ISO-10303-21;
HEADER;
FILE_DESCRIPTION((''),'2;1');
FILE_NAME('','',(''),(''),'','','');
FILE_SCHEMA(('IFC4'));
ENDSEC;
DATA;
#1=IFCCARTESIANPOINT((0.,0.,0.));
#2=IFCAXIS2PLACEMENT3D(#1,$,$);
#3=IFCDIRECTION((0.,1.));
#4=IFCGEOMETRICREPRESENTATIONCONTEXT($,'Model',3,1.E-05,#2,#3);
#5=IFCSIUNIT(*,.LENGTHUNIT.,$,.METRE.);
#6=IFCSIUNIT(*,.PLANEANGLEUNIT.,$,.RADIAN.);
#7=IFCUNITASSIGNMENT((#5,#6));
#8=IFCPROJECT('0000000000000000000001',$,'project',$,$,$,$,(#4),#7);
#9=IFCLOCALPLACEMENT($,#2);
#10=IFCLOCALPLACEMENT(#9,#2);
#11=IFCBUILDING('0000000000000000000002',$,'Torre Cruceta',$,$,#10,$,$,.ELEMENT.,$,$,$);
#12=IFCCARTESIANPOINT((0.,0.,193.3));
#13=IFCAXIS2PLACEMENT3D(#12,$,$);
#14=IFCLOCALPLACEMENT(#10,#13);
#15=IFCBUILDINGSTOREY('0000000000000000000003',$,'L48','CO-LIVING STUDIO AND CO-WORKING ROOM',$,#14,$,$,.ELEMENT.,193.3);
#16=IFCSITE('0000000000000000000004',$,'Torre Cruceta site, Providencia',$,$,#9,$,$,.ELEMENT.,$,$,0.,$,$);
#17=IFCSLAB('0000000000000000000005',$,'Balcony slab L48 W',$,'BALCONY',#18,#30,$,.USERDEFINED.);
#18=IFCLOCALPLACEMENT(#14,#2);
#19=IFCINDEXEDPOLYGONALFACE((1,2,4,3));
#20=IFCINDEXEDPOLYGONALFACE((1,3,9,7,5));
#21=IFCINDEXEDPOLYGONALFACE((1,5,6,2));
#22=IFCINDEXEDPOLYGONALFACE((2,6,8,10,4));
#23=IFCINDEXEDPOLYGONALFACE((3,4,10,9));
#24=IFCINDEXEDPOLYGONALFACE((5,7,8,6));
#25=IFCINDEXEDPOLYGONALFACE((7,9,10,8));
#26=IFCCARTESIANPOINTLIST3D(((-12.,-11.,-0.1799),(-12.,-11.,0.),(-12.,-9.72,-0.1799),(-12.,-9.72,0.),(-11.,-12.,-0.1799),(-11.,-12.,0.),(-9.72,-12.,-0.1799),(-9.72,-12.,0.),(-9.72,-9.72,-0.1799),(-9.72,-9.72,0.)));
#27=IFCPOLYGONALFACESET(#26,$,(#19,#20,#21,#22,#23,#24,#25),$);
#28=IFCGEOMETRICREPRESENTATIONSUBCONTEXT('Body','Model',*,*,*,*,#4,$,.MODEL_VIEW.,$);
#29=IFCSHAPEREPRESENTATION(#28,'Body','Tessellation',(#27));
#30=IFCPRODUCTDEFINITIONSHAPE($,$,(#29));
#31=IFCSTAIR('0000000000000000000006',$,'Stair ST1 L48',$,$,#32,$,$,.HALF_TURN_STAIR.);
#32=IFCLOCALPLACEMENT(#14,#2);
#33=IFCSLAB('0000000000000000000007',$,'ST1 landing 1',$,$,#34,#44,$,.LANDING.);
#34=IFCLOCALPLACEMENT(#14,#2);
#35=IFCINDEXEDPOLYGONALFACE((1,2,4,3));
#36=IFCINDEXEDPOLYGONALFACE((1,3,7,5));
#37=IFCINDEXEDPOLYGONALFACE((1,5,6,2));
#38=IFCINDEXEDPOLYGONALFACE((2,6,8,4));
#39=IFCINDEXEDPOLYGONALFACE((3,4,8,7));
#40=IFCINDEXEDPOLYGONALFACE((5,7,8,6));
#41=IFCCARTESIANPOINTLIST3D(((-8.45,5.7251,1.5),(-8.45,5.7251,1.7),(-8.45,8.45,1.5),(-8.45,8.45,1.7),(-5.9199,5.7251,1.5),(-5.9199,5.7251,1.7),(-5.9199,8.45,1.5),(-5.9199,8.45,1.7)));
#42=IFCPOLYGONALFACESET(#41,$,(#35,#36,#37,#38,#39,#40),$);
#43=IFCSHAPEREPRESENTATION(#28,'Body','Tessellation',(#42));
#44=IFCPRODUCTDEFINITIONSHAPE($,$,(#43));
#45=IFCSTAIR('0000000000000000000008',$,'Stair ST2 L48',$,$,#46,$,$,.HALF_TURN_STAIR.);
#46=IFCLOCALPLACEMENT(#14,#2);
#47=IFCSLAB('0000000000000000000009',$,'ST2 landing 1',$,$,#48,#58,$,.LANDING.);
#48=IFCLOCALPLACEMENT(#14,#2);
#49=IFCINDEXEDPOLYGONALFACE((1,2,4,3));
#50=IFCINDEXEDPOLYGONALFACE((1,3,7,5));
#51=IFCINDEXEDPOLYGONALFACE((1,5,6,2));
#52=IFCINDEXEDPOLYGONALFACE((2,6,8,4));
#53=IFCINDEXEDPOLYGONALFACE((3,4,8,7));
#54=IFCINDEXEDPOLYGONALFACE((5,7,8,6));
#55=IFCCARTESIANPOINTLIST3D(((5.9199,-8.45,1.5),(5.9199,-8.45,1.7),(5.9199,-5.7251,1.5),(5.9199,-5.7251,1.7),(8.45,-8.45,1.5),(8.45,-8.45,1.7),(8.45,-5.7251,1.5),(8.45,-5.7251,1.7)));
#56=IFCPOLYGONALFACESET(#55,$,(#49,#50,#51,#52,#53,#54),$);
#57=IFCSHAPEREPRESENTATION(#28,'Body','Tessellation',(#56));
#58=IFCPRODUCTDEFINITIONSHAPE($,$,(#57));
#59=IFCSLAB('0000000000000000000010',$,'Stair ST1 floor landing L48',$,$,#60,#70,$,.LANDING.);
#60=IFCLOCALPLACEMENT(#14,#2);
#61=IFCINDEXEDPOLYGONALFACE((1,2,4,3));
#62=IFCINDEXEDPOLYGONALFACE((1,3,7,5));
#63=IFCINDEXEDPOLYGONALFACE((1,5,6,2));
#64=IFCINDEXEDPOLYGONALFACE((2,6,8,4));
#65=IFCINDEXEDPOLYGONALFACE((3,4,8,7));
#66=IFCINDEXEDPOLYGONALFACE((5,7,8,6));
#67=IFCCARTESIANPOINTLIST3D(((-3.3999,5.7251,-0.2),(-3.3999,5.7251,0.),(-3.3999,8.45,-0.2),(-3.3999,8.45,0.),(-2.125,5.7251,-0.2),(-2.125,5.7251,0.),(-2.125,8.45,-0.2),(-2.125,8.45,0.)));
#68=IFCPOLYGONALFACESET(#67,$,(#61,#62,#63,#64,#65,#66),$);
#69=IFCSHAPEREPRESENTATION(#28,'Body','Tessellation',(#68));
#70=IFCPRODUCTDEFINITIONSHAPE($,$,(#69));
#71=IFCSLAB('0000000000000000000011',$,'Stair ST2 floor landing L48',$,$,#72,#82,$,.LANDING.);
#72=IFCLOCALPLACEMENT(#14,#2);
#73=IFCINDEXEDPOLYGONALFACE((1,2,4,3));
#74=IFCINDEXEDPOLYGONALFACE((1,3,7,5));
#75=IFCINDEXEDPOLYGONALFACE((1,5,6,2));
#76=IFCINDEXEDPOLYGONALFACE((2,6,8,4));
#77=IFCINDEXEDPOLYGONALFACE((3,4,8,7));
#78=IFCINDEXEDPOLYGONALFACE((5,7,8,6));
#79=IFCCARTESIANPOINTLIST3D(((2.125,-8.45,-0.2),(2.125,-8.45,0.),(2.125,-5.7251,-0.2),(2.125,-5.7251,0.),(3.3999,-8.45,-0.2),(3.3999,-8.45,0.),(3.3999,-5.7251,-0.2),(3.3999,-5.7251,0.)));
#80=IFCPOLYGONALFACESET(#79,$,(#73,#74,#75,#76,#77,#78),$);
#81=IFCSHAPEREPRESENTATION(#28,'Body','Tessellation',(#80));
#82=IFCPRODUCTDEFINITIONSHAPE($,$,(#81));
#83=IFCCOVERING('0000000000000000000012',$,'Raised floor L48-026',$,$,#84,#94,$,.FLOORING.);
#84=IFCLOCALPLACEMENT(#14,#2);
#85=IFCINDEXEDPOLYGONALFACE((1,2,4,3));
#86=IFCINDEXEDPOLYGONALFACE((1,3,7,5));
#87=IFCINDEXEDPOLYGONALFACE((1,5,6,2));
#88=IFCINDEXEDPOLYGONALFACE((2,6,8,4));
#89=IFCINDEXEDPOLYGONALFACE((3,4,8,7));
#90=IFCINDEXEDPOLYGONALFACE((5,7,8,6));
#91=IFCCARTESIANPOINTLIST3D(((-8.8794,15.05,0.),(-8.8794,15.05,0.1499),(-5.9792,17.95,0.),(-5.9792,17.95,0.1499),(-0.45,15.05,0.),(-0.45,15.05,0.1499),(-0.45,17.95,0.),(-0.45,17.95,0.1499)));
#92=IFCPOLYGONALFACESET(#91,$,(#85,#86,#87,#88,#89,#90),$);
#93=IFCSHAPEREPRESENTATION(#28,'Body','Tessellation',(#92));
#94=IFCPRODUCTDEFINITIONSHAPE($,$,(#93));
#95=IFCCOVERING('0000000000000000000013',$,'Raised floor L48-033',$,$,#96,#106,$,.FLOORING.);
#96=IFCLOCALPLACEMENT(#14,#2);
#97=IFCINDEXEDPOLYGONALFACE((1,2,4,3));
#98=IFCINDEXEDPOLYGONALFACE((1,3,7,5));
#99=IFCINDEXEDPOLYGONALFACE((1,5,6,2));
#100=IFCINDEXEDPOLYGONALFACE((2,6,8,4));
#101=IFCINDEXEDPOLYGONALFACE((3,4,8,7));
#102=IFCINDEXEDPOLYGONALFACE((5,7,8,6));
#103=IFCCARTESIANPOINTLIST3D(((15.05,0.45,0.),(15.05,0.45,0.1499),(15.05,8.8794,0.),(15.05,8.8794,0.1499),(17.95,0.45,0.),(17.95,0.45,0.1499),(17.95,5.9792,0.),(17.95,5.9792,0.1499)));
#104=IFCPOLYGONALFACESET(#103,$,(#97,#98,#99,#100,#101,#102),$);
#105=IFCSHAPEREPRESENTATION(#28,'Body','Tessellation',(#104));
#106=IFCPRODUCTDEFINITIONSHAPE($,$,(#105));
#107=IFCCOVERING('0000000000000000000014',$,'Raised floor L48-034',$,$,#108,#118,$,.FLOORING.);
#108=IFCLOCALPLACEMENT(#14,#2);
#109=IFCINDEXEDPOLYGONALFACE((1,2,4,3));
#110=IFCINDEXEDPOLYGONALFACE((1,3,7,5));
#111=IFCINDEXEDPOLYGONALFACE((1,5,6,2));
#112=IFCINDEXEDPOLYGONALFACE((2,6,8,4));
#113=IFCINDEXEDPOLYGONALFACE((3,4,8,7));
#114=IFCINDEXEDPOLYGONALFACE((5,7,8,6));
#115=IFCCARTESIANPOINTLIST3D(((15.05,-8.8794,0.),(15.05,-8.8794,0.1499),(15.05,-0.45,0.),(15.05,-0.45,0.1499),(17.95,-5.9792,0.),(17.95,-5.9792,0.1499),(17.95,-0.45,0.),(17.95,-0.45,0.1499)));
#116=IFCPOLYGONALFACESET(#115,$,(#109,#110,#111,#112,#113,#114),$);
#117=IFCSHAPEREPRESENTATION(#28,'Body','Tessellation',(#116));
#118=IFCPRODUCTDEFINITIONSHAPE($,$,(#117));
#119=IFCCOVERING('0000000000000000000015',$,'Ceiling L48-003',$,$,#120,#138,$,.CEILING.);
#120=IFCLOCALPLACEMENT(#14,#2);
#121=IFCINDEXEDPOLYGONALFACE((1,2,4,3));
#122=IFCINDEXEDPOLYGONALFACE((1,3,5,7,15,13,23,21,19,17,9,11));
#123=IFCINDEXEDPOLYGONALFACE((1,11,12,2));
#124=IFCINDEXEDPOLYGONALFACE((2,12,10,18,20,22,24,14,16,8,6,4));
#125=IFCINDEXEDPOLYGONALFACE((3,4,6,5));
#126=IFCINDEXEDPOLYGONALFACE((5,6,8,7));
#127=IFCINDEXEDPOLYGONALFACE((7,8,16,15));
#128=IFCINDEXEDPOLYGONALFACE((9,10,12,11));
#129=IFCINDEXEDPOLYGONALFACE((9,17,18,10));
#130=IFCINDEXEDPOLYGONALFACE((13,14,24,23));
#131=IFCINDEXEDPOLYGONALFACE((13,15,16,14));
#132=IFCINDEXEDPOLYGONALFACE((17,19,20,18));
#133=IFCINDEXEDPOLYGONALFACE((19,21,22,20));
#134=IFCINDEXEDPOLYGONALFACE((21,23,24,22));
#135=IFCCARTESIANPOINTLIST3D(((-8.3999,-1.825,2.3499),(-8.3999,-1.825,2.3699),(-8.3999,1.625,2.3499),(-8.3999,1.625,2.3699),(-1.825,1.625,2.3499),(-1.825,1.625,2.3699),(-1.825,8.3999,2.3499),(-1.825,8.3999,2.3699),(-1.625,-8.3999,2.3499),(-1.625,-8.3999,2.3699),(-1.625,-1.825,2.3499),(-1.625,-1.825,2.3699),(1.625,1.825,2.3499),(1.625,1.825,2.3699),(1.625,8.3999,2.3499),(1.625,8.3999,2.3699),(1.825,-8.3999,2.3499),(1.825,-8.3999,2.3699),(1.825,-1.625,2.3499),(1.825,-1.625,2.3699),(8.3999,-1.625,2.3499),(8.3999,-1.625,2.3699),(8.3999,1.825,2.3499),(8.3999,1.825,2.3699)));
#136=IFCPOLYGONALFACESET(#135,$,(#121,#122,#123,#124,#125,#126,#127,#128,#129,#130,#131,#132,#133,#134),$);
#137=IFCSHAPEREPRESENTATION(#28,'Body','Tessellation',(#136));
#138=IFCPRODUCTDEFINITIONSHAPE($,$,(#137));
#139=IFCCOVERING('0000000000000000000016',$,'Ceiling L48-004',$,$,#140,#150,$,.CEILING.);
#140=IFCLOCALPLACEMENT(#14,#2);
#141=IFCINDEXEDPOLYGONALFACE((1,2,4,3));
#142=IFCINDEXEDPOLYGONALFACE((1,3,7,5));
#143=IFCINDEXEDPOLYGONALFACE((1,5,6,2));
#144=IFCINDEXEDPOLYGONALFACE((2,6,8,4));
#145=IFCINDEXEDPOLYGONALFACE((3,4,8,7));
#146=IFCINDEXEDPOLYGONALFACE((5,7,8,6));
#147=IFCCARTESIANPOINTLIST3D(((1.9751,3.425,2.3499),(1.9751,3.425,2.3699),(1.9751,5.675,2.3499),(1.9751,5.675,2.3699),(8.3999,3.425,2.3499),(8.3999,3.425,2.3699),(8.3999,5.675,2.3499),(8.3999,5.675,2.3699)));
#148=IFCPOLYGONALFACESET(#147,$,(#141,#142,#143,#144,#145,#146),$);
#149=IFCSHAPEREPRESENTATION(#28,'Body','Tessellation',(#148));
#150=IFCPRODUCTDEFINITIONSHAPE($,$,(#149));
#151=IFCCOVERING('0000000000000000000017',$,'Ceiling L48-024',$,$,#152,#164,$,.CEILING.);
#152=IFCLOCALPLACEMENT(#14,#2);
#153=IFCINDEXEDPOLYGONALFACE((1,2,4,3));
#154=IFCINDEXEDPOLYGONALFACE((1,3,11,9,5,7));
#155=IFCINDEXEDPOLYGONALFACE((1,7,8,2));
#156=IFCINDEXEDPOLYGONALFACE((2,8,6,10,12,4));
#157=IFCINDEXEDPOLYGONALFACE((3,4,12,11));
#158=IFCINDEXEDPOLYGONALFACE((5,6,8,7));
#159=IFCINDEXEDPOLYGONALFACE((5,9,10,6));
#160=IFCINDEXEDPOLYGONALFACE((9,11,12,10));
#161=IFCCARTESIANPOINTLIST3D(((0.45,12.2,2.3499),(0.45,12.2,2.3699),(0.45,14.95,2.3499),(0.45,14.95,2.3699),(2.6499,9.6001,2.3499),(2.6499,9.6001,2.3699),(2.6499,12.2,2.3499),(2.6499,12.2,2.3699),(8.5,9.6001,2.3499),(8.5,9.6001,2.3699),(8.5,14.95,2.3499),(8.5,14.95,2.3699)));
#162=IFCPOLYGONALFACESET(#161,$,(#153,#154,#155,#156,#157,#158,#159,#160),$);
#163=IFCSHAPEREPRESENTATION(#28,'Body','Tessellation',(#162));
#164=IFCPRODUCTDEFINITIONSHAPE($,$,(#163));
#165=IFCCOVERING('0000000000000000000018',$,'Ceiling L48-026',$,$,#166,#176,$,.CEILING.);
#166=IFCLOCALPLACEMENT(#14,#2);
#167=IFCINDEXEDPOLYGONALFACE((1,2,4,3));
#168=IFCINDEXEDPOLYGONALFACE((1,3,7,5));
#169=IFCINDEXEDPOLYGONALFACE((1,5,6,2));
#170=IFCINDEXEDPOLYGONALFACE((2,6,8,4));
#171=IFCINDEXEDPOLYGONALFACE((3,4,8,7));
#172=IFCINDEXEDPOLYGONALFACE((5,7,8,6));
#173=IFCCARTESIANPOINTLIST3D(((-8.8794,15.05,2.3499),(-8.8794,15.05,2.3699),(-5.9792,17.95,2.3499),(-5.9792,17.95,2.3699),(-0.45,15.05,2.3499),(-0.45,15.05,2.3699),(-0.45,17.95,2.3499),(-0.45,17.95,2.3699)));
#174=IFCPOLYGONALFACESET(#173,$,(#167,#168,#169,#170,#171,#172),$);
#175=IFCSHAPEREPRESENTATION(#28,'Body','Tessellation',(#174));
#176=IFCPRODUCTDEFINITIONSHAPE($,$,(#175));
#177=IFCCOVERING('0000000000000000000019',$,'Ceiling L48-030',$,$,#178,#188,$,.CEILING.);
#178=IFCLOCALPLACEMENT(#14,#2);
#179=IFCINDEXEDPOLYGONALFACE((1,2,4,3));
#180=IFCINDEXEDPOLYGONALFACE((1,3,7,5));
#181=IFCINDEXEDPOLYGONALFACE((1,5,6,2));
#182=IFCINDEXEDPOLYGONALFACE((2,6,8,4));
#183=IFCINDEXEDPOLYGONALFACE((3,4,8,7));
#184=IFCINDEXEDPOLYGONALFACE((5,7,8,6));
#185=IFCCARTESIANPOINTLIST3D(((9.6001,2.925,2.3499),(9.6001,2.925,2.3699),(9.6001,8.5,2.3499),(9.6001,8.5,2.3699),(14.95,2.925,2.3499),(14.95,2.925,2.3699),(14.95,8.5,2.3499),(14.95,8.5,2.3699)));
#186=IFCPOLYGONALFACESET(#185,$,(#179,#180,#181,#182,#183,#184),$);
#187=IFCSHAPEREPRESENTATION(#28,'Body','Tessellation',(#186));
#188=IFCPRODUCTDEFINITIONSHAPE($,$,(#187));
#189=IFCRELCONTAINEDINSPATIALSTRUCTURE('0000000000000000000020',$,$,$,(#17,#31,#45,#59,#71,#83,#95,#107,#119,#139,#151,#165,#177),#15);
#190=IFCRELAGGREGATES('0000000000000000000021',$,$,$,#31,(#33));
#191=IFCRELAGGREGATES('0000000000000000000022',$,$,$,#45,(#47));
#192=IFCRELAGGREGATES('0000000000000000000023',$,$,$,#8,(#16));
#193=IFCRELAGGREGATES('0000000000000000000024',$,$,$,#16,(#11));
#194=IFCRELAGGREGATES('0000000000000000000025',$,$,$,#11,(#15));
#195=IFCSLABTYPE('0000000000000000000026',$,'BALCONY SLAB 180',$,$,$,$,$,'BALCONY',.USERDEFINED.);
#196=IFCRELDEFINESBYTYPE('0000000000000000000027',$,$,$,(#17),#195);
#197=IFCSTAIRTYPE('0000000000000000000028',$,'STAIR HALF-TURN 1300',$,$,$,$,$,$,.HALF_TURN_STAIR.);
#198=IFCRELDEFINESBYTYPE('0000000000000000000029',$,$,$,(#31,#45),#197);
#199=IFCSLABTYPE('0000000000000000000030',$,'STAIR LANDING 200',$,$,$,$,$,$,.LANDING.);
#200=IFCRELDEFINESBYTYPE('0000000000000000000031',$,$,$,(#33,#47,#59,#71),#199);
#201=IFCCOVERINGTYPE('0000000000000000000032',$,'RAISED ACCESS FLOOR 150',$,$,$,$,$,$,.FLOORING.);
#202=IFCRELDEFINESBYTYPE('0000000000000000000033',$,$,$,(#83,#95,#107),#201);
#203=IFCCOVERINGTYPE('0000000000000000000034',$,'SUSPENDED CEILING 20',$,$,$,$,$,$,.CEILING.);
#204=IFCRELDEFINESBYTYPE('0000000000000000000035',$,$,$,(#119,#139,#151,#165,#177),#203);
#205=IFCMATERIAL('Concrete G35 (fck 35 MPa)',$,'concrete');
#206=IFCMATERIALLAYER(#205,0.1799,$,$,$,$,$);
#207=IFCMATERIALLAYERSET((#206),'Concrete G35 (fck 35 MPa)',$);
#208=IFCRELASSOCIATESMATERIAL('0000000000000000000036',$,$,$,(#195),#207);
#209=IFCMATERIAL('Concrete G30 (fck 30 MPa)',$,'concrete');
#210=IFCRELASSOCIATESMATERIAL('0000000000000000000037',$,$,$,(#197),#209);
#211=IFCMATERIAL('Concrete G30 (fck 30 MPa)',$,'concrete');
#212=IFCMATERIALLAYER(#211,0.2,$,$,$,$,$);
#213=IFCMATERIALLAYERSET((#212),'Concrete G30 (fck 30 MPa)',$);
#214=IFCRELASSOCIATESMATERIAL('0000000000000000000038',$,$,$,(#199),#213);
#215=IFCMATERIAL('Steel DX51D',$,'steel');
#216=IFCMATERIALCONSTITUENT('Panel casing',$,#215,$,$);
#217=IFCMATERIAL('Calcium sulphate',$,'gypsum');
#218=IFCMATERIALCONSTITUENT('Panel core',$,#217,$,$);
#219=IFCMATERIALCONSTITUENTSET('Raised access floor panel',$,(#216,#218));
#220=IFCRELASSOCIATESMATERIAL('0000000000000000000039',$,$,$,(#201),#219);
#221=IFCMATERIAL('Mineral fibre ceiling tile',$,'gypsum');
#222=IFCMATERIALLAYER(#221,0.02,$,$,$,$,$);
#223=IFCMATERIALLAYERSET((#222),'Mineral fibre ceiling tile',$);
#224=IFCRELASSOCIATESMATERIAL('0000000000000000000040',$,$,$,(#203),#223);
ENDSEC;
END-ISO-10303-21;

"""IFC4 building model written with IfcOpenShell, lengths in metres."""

from ifc_helpers import new_model, si_unit, direction, frame, origin, place, context, subcontext, project, spatial, polyline, outline, extrude, material, layer, layer_set, constituent, constituent_set, type_object, element, aggregate, save


model = new_model("IFC4")

# Units and contexts
model_context = context("Model", 3, precision=1e-05, world=origin(), true_north=direction((0.0, 1.0)))
body_context = subcontext(model_context, "Body", "Model", "MODEL_VIEW")
ifc_project = project(units=[si_unit("LENGTHUNIT", "METRE"), si_unit("PLANEANGLEUNIT", "RADIAN")], contexts=[model_context])

# Site, building, storey
site_placement = place(None, origin())
site = spatial("IfcSite", under=ifc_project, at=site_placement, Name="Torre Cruceta site, Providencia", CompositionType="ELEMENT", RefElevation=0.0)
building_placement = place(site_placement, origin())
building = spatial("IfcBuilding", under=site, at=building_placement, Name="Torre Cruceta", CompositionType="ELEMENT")
storey_placement = place(building_placement, frame((0.0, 0.0, 193.3)))
storey = spatial("IfcBuildingStorey", under=building, at=storey_placement, Name="L48", Description="CO-LIVING STUDIO AND CO-WORKING ROOM", CompositionType="ELEMENT", Elevation=193.3)

# Slab
ifc_material_1 = material(Name="Concrete G35 (fck 35 MPa)", Category="concrete")
ifc_layer_1 = layer(ifc_material_1, 0.1799)
ifc_layer_set_1 = layer_set([ifc_layer_1], Name="Concrete G35 (fck 35 MPa)")
slab_type_1 = type_object("IfcSlabType", Name="BALCONY SLAB 180", ElementType="BALCONY", PredefinedType="USERDEFINED", material=ifc_layer_set_1)
slab_1_placement = place(storey_placement, frame((0.0, 0.0, -0.1799)))
element("IfcSlab", 1, at=slab_1_placement, inside=storey, type_object=slab_type_1, Name="Balcony slab L48 W", ObjectType="BALCONY", PredefinedType="USERDEFINED", context=body_context, shape_type="SweptSolid", body=[
    extrude(outline(polyline([(-11.0, -12.0), (-12.0, -11.0), (-12.0, -9.72), (-9.72, -9.72), (-9.72, -12.0), (-11.0, -12.0)])), origin(), (0.0, 0.0, 1.0), 0.1799),
])

# Stairs, slabs
ifc_material_2 = material(Name="Concrete G30 (fck 30 MPa)", Category="concrete")
stair_type = type_object("IfcStairType", Name="STAIR HALF-TURN 1300", PredefinedType="HALF_TURN_STAIR", material=ifc_material_2)
stair_1_placement = place(storey_placement, origin())
stair_1 = element("IfcStair", 2, at=stair_1_placement, inside=storey, type_object=stair_type, Name="Stair ST1 L48", PredefinedType="HALF_TURN_STAIR")
ifc_material_3 = material(Name="Concrete G30 (fck 30 MPa)", Category="concrete")
ifc_layer_2 = layer(ifc_material_3, 0.2)
ifc_layer_set_2 = layer_set([ifc_layer_2], Name="Concrete G30 (fck 30 MPa)")
slab_type_2 = type_object("IfcSlabType", Name="STAIR LANDING 200", PredefinedType="LANDING", material=ifc_layer_set_2)
slab_2_placement = place(storey_placement, frame((0.0, 0.0, 1.5)))
slab_2 = element("IfcSlab", 3, at=slab_2_placement, type_object=slab_type_2, Name="ST1 landing 1", PredefinedType="LANDING", context=body_context, shape_type="SweptSolid", body=[
    extrude(outline(polyline([(-8.45, 5.7251), (-5.9199, 5.7251), (-5.9199, 8.45), (-8.45, 8.45), (-8.45, 5.7251)])), origin(), (0.0, 0.0, 1.0), 0.2),
])
aggregate(stair_1, [slab_2])
stair_2_placement = place(storey_placement, origin())
stair_2 = element("IfcStair", 4, at=stair_2_placement, inside=storey, type_object=stair_type, Name="Stair ST2 L48", PredefinedType="HALF_TURN_STAIR")
slab_3_placement = place(storey_placement, frame((0.0, 0.0, 1.5)))
slab_3 = element("IfcSlab", 5, at=slab_3_placement, type_object=slab_type_2, Name="ST2 landing 1", PredefinedType="LANDING", context=body_context, shape_type="SweptSolid", body=[
    extrude(outline(polyline([(5.9199, -8.45), (8.45, -8.45), (8.45, -5.7251), (5.9199, -5.7251), (5.9199, -8.45)])), origin(), (0.0, 0.0, 1.0), 0.2),
])
aggregate(stair_2, [slab_3])

# Slabs
slab_4_placement = place(storey_placement, frame((0.0, 0.0, -0.2)))
element("IfcSlab", 6, at=slab_4_placement, inside=storey, type_object=slab_type_2, Name="Stair ST1 floor landing L48", PredefinedType="LANDING", context=body_context, shape_type="SweptSolid", body=[
    extrude(outline(polyline([(-2.125, 8.45), (-2.125, 5.7251), (-3.3999, 5.7251), (-3.3999, 8.45), (-2.125, 8.45)])), origin(), (0.0, 0.0, 1.0), 0.2),
])
slab_5_placement = place(storey_placement, frame((0.0, 0.0, -0.2)))
element("IfcSlab", 7, at=slab_5_placement, inside=storey, type_object=slab_type_2, Name="Stair ST2 floor landing L48", PredefinedType="LANDING", context=body_context, shape_type="SweptSolid", body=[
    extrude(outline(polyline([(2.125, -8.45), (2.125, -5.7251), (3.3999, -5.7251), (3.3999, -8.45), (2.125, -8.45)])), origin(), (0.0, 0.0, 1.0), 0.2),
])

# Coverings
ifc_material_4 = material(Name="Steel DX51D", Category="steel")
ifc_constituent_1 = constituent(ifc_material_4, Name="Panel casing")
ifc_material_5 = material(Name="Calcium sulphate", Category="gypsum")
ifc_constituent_2 = constituent(ifc_material_5, Name="Panel core")
ifc_constituent_set = constituent_set(constituents=[ifc_constituent_1, ifc_constituent_2], Name="Raised access floor panel")
covering_type_1 = type_object("IfcCoveringType", Name="RAISED ACCESS FLOOR 150", PredefinedType="FLOORING", material=ifc_constituent_set)
covering_1_placement = place(storey_placement, origin())
element("IfcCovering", 8, at=covering_1_placement, inside=storey, type_object=covering_type_1, Name="Raised floor L48-026", PredefinedType="FLOORING", context=body_context, shape_type="SweptSolid", body=[
    extrude(outline(polyline([(-5.9792, 17.95), (-0.45, 17.95), (-0.45, 15.05), (-8.8794, 15.05), (-5.9792, 17.95)])), origin(), (0.0, 0.0, 1.0), 0.1499),
])
covering_2_placement = place(storey_placement, origin())
element("IfcCovering", 9, at=covering_2_placement, inside=storey, type_object=covering_type_1, Name="Raised floor L48-033", PredefinedType="FLOORING", context=body_context, shape_type="SweptSolid", body=[
    extrude(outline(polyline([(17.95, 5.9792), (17.95, 0.45), (15.05, 0.45), (15.05, 8.8794), (17.95, 5.9792)])), origin(), (0.0, 0.0, 1.0), 0.1499),
])
covering_3_placement = place(storey_placement, origin())
element("IfcCovering", 10, at=covering_3_placement, inside=storey, type_object=covering_type_1, Name="Raised floor L48-034", PredefinedType="FLOORING", context=body_context, shape_type="SweptSolid", body=[
    extrude(outline(polyline([(15.05, -8.8794), (15.05, -0.45), (17.95, -0.45), (17.95, -5.9792), (15.05, -8.8794)])), origin(), (0.0, 0.0, 1.0), 0.1499),
])
ifc_material_6 = material(Name="Mineral fibre ceiling tile", Category="gypsum")
ifc_layer_3 = layer(ifc_material_6, 0.02)
ifc_layer_set_3 = layer_set([ifc_layer_3], Name="Mineral fibre ceiling tile")
covering_type_2 = type_object("IfcCoveringType", Name="SUSPENDED CEILING 20", PredefinedType="CEILING", material=ifc_layer_set_3)
covering_4_placement = place(storey_placement, frame((0.0, 0.0, 2.3499)))
element("IfcCovering", 11, at=covering_4_placement, inside=storey, type_object=covering_type_2, Name="Ceiling L48-003", PredefinedType="CEILING", context=body_context, shape_type="SweptSolid", body=[
    extrude(outline(polyline([(-1.625, -8.3999), (-1.625, -1.825), (-8.3999, -1.825), (-8.3999, 1.625), (-1.825, 1.625), (-1.825, 8.3999), (1.625, 8.3999), (1.625, 1.825), (8.3999, 1.825), (8.3999, -1.625), (1.825, -1.625), (1.825, -8.3999), (-1.625, -8.3999)])), origin(), (0.0, 0.0, 1.0), 0.02),
])
covering_5_placement = place(storey_placement, frame((0.0, 0.0, 2.3499)))
element("IfcCovering", 12, at=covering_5_placement, inside=storey, type_object=covering_type_2, Name="Ceiling L48-004", PredefinedType="CEILING", context=body_context, shape_type="SweptSolid", body=[
    extrude(outline(polyline([(1.9751, 3.425), (1.9751, 5.675), (8.3999, 5.675), (8.3999, 3.425), (1.9751, 3.425)])), origin(), (0.0, 0.0, 1.0), 0.02),
])
covering_6_placement = place(storey_placement, frame((0.0, 0.0, 2.3499)))
element("IfcCovering", 13, at=covering_6_placement, inside=storey, type_object=covering_type_2, Name="Ceiling L48-024", PredefinedType="CEILING", context=body_context, shape_type="SweptSolid", body=[
    extrude(outline(polyline([(0.45, 14.95), (8.5, 14.95), (8.5, 9.6001), (2.6499, 9.6001), (2.6499, 12.2), (0.45, 12.2), (0.45, 14.95)])), origin(), (0.0, 0.0, 1.0), 0.02),
])
covering_7_placement = place(storey_placement, frame((0.0, 0.0, 2.3499)))
element("IfcCovering", 14, at=covering_7_placement, inside=storey, type_object=covering_type_2, Name="Ceiling L48-026", PredefinedType="CEILING", context=body_context, shape_type="SweptSolid", body=[
    extrude(outline(polyline([(-5.9792, 17.95), (-0.45, 17.95), (-0.45, 15.05), (-8.8794, 15.05), (-5.9792, 17.95)])), origin(), (0.0, 0.0, 1.0), 0.02),
])
covering_8_placement = place(storey_placement, frame((0.0, 0.0, 2.3499)))
element("IfcCovering", 15, at=covering_8_placement, inside=storey, type_object=covering_type_2, Name="Ceiling L48-030", PredefinedType="CEILING", context=body_context, shape_type="SweptSolid", body=[
    extrude(outline(polyline([(9.6001, 2.925), (9.6001, 8.5), (14.95, 8.5), (14.95, 2.925), (9.6001, 2.925)])), origin(), (0.0, 0.0, 1.0), 0.02),
])

save(model, "model.ifc")
